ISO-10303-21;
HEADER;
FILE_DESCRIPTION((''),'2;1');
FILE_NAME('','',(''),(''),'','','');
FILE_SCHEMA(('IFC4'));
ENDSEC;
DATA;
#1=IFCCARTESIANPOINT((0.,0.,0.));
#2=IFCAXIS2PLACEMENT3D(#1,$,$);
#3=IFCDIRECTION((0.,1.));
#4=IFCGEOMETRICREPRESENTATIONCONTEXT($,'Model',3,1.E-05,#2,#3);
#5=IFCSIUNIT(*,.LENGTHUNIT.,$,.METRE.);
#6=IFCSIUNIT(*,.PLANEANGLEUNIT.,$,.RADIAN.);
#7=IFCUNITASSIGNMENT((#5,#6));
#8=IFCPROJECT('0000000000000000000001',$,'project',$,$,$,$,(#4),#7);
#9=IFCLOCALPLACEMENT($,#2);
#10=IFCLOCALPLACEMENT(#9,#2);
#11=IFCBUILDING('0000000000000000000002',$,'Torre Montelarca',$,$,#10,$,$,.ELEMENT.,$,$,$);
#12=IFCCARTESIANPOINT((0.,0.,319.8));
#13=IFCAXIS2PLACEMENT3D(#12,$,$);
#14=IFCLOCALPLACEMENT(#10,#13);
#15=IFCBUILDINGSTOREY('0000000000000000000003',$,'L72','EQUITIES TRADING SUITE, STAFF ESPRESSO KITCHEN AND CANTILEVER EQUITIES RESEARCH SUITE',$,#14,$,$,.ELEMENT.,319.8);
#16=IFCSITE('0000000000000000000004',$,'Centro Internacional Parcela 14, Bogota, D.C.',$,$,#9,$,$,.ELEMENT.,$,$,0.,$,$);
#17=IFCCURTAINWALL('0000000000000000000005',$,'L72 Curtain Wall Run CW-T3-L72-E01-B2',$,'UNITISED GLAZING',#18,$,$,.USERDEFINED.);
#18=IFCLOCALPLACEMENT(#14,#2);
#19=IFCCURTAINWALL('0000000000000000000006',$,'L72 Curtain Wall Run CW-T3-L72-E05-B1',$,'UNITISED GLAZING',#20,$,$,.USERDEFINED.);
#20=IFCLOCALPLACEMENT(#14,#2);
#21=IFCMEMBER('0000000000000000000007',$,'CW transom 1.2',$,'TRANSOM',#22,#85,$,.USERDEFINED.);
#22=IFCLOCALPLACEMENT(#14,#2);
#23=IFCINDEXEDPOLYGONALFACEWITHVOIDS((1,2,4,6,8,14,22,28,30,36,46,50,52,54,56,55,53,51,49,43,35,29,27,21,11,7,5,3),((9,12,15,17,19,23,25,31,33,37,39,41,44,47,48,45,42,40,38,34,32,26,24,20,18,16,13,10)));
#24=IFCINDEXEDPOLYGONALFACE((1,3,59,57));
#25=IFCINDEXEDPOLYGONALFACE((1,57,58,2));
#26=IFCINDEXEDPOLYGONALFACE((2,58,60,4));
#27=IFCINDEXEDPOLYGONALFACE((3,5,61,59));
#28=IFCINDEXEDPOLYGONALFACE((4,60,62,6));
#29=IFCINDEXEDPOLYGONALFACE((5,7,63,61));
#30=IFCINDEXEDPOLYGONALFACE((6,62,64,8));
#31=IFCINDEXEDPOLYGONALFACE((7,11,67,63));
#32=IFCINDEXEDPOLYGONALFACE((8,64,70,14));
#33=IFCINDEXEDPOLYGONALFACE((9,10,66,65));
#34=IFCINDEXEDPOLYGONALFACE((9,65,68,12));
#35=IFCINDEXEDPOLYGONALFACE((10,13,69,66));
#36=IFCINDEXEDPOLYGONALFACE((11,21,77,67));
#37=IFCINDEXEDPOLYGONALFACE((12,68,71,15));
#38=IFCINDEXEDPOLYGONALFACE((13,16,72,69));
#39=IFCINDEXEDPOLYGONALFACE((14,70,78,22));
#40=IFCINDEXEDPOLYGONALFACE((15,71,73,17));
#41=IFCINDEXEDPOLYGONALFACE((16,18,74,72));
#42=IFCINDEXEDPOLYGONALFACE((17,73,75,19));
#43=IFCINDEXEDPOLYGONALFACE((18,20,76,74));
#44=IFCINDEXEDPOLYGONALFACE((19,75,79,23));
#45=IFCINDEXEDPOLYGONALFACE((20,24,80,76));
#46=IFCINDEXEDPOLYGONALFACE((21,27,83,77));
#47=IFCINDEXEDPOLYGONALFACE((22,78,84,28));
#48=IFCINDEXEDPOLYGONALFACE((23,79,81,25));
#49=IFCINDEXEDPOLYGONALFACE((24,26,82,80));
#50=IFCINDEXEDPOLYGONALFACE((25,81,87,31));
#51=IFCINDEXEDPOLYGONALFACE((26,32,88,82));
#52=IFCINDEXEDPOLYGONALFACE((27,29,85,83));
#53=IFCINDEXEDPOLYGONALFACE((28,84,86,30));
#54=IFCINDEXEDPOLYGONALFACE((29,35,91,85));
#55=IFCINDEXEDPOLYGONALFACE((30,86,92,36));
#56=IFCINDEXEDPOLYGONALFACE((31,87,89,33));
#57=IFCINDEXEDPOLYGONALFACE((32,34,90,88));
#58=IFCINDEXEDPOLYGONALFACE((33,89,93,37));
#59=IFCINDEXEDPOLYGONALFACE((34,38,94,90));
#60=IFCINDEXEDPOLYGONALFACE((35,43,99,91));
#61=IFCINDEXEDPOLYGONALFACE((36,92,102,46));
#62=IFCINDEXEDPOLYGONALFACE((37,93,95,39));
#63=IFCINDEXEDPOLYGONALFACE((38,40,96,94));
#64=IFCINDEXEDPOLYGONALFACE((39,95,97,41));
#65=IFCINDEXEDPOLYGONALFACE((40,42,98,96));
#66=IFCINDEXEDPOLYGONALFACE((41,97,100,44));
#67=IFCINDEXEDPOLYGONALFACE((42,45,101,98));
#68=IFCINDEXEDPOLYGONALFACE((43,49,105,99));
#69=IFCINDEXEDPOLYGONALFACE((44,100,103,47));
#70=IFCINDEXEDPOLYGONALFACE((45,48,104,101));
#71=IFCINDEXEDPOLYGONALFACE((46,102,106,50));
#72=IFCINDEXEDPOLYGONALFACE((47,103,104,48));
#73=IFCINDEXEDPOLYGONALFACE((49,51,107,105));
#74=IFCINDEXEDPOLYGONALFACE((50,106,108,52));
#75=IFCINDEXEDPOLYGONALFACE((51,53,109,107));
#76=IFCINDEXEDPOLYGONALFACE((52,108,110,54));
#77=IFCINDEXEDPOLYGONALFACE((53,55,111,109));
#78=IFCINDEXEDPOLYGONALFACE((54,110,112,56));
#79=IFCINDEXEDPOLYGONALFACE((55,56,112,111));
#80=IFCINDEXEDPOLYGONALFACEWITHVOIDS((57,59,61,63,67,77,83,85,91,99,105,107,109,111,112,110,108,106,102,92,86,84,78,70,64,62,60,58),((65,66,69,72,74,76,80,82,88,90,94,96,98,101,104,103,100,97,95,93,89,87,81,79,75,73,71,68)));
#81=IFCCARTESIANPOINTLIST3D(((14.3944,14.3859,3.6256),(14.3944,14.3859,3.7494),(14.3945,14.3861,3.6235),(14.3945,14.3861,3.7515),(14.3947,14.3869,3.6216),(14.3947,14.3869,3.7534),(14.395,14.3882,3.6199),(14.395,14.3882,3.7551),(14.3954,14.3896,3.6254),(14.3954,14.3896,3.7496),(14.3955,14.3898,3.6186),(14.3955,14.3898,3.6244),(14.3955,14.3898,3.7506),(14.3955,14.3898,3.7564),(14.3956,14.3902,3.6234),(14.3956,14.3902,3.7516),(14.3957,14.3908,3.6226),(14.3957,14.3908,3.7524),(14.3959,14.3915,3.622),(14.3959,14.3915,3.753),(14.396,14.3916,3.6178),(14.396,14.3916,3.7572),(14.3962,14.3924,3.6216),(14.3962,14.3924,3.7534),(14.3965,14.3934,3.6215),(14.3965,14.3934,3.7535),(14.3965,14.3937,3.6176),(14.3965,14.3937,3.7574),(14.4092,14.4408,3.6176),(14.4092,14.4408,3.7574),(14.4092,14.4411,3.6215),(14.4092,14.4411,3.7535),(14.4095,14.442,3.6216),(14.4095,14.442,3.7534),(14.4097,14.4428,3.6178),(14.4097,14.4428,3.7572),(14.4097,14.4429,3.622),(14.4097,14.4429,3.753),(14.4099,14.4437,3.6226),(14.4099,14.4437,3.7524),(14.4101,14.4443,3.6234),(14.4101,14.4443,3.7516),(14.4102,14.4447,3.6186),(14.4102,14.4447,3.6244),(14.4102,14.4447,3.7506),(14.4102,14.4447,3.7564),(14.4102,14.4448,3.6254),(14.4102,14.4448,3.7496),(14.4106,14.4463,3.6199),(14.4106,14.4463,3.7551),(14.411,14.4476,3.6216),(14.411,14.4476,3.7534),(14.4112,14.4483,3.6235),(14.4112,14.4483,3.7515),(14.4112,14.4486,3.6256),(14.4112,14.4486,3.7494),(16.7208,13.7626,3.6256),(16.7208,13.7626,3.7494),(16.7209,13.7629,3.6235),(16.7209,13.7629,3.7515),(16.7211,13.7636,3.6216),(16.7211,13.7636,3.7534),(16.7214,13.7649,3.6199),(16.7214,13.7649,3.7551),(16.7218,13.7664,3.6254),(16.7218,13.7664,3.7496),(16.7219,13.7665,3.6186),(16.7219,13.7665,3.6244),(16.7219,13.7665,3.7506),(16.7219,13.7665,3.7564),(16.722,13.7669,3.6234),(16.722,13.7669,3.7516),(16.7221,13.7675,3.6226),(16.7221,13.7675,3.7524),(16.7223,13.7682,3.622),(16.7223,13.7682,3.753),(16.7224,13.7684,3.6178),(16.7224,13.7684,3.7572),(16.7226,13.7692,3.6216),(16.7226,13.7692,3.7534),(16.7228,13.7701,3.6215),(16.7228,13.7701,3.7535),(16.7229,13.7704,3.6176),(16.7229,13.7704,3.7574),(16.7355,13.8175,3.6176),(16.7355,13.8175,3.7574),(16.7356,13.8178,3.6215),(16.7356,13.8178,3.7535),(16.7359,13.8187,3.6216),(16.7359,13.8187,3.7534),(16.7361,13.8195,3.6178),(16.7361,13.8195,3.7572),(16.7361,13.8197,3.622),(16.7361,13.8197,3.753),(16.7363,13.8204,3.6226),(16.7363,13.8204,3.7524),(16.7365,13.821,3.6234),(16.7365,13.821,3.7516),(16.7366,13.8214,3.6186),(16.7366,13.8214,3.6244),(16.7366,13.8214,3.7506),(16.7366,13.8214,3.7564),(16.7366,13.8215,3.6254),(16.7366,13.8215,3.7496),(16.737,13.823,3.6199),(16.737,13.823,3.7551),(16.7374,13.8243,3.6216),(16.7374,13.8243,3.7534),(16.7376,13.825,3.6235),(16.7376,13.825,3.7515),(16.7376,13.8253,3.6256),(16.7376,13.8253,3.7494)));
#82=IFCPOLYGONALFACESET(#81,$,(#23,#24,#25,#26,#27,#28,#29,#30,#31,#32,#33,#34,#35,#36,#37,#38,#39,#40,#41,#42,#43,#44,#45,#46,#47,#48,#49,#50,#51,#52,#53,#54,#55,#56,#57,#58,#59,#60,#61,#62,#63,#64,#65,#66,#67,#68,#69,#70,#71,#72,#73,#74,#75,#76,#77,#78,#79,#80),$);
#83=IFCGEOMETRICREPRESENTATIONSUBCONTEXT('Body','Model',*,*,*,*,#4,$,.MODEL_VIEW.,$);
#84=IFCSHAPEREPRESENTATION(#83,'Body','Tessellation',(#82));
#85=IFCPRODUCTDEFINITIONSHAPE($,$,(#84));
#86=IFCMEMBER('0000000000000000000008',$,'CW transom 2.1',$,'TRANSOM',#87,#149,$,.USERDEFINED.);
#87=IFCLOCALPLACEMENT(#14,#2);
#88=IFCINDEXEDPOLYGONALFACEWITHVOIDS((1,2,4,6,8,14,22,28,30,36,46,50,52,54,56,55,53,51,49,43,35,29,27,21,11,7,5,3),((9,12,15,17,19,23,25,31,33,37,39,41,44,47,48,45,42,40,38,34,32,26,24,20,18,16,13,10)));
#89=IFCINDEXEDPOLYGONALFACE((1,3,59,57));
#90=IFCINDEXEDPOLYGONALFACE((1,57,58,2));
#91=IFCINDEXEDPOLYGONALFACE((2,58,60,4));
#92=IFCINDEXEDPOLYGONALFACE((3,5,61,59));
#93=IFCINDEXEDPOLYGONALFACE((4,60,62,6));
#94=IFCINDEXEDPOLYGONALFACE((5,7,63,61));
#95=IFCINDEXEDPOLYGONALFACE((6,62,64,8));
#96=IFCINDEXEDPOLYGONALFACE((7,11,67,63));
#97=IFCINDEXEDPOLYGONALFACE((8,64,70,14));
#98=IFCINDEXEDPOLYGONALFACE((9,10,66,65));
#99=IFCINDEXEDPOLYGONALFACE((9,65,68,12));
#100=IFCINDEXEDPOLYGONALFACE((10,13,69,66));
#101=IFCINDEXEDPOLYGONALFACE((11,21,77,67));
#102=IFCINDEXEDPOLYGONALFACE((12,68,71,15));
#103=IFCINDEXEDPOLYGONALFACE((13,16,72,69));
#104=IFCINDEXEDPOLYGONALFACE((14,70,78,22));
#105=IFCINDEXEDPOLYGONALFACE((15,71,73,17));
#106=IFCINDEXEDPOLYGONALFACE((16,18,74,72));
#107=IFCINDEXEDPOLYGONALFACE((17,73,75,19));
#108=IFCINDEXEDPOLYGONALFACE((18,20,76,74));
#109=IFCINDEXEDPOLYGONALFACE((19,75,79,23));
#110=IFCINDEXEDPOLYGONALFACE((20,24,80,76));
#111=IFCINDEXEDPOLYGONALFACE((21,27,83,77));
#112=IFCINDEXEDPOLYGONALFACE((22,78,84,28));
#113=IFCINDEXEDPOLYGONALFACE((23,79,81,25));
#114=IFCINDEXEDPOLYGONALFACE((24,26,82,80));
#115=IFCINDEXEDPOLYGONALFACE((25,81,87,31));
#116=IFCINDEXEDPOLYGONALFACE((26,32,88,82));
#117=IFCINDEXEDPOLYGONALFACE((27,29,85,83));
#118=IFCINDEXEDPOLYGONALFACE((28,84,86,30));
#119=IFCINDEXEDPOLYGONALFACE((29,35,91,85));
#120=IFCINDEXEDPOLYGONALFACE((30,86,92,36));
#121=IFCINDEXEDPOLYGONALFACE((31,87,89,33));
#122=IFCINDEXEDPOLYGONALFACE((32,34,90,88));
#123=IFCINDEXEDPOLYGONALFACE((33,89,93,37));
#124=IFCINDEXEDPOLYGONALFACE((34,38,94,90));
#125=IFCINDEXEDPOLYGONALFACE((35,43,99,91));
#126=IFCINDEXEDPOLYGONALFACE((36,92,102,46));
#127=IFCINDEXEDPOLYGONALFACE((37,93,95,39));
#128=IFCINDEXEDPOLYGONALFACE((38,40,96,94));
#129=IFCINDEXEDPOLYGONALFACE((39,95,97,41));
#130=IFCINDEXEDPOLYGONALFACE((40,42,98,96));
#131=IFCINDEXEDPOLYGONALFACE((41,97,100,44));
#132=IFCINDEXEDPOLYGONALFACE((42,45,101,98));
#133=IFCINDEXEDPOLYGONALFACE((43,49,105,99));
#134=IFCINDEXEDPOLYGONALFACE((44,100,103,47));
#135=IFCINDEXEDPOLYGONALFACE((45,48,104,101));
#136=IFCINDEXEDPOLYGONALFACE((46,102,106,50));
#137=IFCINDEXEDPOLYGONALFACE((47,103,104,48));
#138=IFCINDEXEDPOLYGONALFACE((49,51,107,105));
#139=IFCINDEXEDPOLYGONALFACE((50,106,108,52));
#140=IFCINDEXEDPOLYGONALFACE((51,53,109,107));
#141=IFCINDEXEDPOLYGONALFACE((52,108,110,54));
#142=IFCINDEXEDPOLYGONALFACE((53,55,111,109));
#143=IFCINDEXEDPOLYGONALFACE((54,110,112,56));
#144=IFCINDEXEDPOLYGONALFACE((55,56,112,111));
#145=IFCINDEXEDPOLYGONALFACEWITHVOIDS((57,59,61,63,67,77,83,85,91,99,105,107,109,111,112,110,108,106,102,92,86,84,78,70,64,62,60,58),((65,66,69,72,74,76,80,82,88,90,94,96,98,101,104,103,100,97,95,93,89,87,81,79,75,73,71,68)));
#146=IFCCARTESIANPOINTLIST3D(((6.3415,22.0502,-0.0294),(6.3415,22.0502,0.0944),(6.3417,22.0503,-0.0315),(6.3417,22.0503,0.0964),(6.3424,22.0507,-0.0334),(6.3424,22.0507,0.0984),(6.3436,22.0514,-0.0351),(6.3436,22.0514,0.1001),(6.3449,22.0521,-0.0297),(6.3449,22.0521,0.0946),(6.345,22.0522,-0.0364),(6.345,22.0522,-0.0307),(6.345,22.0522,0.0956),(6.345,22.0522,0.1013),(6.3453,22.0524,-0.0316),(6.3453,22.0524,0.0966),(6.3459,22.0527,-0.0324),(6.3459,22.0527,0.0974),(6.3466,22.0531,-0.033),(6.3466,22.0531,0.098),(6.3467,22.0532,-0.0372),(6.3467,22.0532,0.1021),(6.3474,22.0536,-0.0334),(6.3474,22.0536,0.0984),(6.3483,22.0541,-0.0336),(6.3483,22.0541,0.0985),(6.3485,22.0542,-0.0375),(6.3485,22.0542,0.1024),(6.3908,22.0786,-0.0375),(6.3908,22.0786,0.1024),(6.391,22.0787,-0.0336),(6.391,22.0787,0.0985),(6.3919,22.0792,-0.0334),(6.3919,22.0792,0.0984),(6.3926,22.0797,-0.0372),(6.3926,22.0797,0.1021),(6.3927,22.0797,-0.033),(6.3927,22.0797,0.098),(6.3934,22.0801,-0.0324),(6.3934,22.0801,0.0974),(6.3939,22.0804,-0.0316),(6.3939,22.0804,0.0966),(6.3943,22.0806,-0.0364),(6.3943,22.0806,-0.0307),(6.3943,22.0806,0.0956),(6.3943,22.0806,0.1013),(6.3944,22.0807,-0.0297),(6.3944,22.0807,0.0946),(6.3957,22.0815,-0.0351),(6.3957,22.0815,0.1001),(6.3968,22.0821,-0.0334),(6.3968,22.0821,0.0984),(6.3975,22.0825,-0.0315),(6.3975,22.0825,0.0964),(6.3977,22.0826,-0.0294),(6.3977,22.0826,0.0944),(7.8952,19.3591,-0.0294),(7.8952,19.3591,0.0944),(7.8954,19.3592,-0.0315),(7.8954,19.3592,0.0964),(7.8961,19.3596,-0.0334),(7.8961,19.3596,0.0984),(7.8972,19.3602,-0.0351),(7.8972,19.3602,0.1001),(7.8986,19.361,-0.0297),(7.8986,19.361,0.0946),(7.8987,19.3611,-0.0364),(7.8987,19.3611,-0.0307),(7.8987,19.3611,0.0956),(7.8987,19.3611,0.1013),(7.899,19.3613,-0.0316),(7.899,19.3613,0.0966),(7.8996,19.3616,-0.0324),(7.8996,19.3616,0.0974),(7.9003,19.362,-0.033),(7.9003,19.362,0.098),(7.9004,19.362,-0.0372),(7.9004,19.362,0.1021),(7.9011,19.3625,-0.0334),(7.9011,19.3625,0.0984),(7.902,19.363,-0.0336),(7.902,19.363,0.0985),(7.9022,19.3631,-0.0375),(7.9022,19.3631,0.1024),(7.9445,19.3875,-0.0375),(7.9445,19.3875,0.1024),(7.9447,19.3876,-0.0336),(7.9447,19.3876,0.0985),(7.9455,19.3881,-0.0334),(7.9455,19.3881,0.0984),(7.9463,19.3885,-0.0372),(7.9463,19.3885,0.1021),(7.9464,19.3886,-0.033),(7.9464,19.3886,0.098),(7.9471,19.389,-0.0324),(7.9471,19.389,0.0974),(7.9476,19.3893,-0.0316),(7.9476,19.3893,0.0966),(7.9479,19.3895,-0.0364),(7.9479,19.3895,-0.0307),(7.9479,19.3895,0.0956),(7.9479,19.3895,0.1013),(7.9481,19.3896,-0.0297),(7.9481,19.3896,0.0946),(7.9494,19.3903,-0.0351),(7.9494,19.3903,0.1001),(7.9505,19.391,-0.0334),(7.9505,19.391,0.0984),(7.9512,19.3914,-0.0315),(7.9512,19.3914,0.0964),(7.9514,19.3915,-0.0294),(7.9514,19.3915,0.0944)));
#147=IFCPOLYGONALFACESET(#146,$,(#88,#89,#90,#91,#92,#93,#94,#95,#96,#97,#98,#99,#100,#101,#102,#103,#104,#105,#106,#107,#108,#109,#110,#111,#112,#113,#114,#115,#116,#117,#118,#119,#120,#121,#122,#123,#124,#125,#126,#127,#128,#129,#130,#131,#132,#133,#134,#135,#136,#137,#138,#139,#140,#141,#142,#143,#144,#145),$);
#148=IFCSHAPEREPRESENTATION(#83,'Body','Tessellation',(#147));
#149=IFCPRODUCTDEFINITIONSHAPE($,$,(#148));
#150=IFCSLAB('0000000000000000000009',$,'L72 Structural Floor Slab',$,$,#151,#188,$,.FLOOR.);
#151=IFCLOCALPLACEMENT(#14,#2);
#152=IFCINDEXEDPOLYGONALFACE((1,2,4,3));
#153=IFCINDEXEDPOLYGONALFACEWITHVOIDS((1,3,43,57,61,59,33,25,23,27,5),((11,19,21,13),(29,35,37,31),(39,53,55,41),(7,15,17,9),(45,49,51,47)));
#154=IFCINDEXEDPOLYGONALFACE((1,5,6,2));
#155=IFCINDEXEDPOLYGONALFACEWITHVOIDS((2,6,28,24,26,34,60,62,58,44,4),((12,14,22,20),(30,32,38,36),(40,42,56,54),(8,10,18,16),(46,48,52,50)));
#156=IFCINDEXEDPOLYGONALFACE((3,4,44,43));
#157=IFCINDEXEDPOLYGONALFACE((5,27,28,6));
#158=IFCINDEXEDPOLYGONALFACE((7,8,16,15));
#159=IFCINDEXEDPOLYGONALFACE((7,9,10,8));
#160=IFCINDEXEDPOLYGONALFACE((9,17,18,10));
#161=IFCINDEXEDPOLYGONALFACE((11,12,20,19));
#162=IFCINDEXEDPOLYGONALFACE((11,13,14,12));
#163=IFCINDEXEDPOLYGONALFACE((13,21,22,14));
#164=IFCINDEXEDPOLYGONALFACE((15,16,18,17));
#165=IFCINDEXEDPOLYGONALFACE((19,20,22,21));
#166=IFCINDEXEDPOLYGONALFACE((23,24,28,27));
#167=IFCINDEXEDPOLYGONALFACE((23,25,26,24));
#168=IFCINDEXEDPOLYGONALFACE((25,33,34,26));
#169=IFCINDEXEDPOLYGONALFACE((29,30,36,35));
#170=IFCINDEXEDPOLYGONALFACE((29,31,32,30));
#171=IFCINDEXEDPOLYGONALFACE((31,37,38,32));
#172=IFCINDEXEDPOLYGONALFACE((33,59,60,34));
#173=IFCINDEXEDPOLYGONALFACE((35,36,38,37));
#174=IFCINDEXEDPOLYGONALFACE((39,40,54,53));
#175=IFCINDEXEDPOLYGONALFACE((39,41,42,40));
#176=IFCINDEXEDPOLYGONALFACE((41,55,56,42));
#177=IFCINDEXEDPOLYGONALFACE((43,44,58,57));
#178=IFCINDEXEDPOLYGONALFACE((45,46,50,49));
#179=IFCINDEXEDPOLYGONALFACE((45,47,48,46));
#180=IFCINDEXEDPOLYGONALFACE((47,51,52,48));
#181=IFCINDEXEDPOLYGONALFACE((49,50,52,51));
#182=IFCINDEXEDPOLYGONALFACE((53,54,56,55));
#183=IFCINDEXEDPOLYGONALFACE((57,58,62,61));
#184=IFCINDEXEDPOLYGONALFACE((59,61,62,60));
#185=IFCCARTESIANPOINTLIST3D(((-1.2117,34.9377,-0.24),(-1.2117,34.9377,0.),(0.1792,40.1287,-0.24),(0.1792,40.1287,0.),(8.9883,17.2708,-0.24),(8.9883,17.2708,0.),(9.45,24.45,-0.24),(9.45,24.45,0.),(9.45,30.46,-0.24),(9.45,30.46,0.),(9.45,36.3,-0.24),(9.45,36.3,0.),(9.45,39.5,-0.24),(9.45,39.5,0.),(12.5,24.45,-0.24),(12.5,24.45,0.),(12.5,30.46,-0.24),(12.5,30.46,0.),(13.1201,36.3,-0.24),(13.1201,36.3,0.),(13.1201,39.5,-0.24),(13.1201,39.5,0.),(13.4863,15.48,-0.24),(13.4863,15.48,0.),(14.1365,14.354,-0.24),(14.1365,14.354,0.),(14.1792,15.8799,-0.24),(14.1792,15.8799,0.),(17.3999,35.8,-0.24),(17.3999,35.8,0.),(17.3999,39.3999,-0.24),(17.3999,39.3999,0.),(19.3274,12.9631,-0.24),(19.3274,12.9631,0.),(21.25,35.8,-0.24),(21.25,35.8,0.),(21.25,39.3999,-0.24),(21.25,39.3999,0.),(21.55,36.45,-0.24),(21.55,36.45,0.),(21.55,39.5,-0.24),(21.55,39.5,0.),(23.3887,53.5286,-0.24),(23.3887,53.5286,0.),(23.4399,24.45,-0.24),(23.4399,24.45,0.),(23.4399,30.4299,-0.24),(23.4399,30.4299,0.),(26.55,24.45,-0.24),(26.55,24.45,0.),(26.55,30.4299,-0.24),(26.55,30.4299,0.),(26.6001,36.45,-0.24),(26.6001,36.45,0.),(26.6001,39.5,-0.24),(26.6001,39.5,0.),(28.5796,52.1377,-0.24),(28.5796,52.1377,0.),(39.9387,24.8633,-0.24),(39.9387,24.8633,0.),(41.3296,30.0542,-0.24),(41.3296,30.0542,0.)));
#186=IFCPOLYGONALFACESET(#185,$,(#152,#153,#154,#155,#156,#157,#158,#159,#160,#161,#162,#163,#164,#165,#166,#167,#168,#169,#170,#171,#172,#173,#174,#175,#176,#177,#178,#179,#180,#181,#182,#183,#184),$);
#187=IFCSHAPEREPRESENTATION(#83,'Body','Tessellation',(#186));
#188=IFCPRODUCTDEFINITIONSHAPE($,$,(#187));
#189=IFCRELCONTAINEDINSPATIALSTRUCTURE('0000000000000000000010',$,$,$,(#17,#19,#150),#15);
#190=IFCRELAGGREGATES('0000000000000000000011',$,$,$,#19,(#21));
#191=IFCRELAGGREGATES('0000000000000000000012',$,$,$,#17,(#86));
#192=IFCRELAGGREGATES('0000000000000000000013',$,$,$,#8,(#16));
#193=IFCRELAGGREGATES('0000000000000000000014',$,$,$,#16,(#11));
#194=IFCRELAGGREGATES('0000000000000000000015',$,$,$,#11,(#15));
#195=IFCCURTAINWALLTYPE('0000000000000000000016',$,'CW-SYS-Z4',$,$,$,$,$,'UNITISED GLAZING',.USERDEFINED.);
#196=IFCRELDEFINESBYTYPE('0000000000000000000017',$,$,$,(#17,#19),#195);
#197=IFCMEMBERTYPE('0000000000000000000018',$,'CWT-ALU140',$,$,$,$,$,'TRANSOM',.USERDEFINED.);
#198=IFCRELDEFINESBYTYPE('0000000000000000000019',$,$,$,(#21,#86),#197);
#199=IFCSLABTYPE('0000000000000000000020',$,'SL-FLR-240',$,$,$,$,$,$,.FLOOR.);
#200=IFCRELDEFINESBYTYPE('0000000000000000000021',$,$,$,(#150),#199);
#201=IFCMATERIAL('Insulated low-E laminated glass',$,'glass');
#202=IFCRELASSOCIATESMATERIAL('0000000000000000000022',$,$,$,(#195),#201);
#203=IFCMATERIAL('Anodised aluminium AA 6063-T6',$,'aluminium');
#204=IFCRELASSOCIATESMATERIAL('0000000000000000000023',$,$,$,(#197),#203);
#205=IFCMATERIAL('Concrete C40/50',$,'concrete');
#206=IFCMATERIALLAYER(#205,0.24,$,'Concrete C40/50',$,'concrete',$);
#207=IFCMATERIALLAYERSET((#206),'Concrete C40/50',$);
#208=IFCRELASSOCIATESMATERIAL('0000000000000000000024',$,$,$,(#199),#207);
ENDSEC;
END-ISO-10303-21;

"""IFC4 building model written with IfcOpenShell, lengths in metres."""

from ifc_helpers import new_model, si_unit, direction, frame, origin, origin_2d, place, context, subcontext, project, spatial, polyline, hollow_rectangle, outline, extrude, source, transform, mapped, material, layer, layer_set, material_profile, profile_set, type_object, element, aggregate, save


model = new_model("IFC4")

# Units and contexts
model_context = context("Model", 3, precision=1e-05, world=origin(), true_north=direction((0.0, 1.0)))
body_context = subcontext(model_context, "Body", "Model", "MODEL_VIEW")
ifc_project = project(units=[si_unit("LENGTHUNIT", "METRE"), si_unit("PLANEANGLEUNIT", "RADIAN")], contexts=[model_context])

# Site, building, storey
site_placement = place(None, origin())
site = spatial("IfcSite", under=ifc_project, at=site_placement, Name="Centro Internacional Parcela 14, Bogota, D.C.", CompositionType="ELEMENT", RefElevation=0.0)
building_placement = place(site_placement, origin())
building = spatial("IfcBuilding", under=site, at=building_placement, Name="Torre Montelarca", CompositionType="ELEMENT")
storey_placement = place(building_placement, frame((0.0, 0.0, 319.8)))
storey = spatial("IfcBuildingStorey", under=building, at=storey_placement, Name="L72", Description="EQUITIES TRADING SUITE, STAFF ESPRESSO KITCHEN AND CANTILEVER EQUITIES RESEARCH SUITE", CompositionType="ELEMENT", Elevation=319.8)

# Curtain wall
ifc_material_1 = material(Name="Insulated low-E laminated glass", Category="glass")
curtain_wall_type = type_object("IfcCurtainWallType", Name="CW-SYS-Z4", ElementType="UNITISED GLAZING", PredefinedType="USERDEFINED", material=ifc_material_1)
curtain_wall_1_placement = place(storey_placement, origin())
curtain_wall_1 = element("IfcCurtainWall", 1, at=curtain_wall_1_placement, inside=storey, type_object=curtain_wall_type, Name="L72 Curtain Wall Run CW-T3-L72-E01-B2", ObjectType="UNITISED GLAZING", PredefinedType="USERDEFINED")
ifc_material_2 = material(Name="Anodised aluminium AA 6063-T6", Category="aluminium")

# Curtain wall
curtain_wall_2_placement = place(storey_placement, origin())
curtain_wall_2 = element("IfcCurtainWall", 2, at=curtain_wall_2_placement, inside=storey, type_object=curtain_wall_type, Name="L72 Curtain Wall Run CW-T3-L72-E05-B1", ObjectType="UNITISED GLAZING", PredefinedType="USERDEFINED")

# Members
ifc_material_profile_1 = material_profile(ifc_material_2, hollow_rectangle(XDim=0.0649, YDim=0.1399, WallThickness=0.0039, InnerFilletRadius=0.0039, OuterFilletRadius=0.0081, at=origin_2d()), Name="ALU65X140X4", Category="aluminium")
ifc_profile_set_1 = profile_set([ifc_material_profile_1], Name="Anodised aluminium AA 6063-T6")
member_type_1 = type_object("IfcMemberType", Name="CWT-ALU140", ElementType="TRANSOM", PredefinedType="USERDEFINED", material=ifc_profile_set_1)
shared_shape_1 = source(origin(), body_context, "Body", "SweptSolid", [
    extrude(hollow_rectangle(XDim=0.0649, YDim=0.1399, WallThickness=0.0039, InnerFilletRadius=0.0039, OuterFilletRadius=0.0081, at=origin_2d()), origin(), (0.0, 0.0, 1.0), 2.4084),
])
member_1_placement = place(storey_placement, frame((14.4028, 14.4172, 3.6875), z_axis=(0.965933, -0.258792, 0.0), x_axis=(0.258792, 0.965933, 0.0)))
member_1 = element("IfcMember", 3, at=member_1_placement, type_object=member_type_1, Name="CW transom 1.2", ObjectType="TRANSOM", PredefinedType="USERDEFINED", context=body_context, shape_type="MappedRepresentation", body=[
    mapped(shared_shape_1, transform((0.0, 0.0, 0.0), scale=1.0)),
])
aggregate(curtain_wall_2, [member_1])
shared_shape_2 = source(origin(), body_context, "Body", "SweptSolid", [
    extrude(hollow_rectangle(XDim=0.0649, YDim=0.1399, WallThickness=0.0039, InnerFilletRadius=0.0039, OuterFilletRadius=0.0081, at=origin_2d()), origin(), (0.0, 0.0, 1.0), 3.1074),
])
member_2_placement = place(storey_placement, frame((6.3696, 22.0664, 0.0325), z_axis=(0.499992, -0.86603, 0.0), x_axis=(0.86603, 0.499992, 0.0)))
member_2 = element("IfcMember", 4, at=member_2_placement, type_object=member_type_1, Name="CW transom 2.1", ObjectType="TRANSOM", PredefinedType="USERDEFINED", context=body_context, shape_type="MappedRepresentation", body=[
    mapped(shared_shape_2, transform((0.0, 0.0, 0.0), scale=1.0)),
])

# Slab
ifc_material_3 = material(Name="Concrete C40/50", Category="concrete")
ifc_layer_1 = layer(ifc_material_3, 0.24, Name="Concrete C40/50", Category="concrete")
ifc_layer_set_1 = layer_set([ifc_layer_1], Name="Concrete C40/50")
slab_type_1 = type_object("IfcSlabType", Name="SL-FLR-240", PredefinedType="FLOOR", material=ifc_layer_set_1)
slab_1_placement = place(storey_placement, frame((0.0, 0.0, -0.24)))
element("IfcSlab", 5, at=slab_1_placement, inside=storey, type_object=slab_type_1, Name="L72 Structural Floor Slab", PredefinedType="FLOOR", context=body_context, shape_type="SweptSolid", body=[
    extrude(outline(polyline([(8.9883, 17.2708), (14.1792, 15.8799), (13.4863, 15.48), (14.1365, 14.354), (19.3274, 12.9631), (39.9387, 24.8633), (41.3296, 30.0542), (28.5796, 52.1377), (23.3887, 53.5286), (0.1792, 40.1287), (-1.2117, 34.9377), (8.9883, 17.2708)]), holes=[polyline([(26.55, 24.45), (23.4399, 24.45), (23.4399, 30.4299), (26.55, 30.4299), (26.55, 24.45)]), polyline([(12.5, 24.45), (9.45, 24.45), (9.45, 30.46), (12.5, 30.46), (12.5, 24.45)]), polyline([(21.25, 39.3999), (21.25, 35.8), (17.3999, 35.8), (17.3999, 39.3999), (21.25, 39.3999)]), polyline([(13.1201, 36.3), (9.45, 36.3), (9.45, 39.5), (13.1201, 39.5), (13.1201, 36.3)]), polyline([(26.6001, 36.45), (21.55, 36.45), (21.55, 39.5), (26.6001, 39.5), (26.6001, 36.45)])]), origin(), (0.0, 0.0, 1.0), 0.24),
])

aggregate(curtain_wall_1, [member_2])

save(model, "model.ifc")
